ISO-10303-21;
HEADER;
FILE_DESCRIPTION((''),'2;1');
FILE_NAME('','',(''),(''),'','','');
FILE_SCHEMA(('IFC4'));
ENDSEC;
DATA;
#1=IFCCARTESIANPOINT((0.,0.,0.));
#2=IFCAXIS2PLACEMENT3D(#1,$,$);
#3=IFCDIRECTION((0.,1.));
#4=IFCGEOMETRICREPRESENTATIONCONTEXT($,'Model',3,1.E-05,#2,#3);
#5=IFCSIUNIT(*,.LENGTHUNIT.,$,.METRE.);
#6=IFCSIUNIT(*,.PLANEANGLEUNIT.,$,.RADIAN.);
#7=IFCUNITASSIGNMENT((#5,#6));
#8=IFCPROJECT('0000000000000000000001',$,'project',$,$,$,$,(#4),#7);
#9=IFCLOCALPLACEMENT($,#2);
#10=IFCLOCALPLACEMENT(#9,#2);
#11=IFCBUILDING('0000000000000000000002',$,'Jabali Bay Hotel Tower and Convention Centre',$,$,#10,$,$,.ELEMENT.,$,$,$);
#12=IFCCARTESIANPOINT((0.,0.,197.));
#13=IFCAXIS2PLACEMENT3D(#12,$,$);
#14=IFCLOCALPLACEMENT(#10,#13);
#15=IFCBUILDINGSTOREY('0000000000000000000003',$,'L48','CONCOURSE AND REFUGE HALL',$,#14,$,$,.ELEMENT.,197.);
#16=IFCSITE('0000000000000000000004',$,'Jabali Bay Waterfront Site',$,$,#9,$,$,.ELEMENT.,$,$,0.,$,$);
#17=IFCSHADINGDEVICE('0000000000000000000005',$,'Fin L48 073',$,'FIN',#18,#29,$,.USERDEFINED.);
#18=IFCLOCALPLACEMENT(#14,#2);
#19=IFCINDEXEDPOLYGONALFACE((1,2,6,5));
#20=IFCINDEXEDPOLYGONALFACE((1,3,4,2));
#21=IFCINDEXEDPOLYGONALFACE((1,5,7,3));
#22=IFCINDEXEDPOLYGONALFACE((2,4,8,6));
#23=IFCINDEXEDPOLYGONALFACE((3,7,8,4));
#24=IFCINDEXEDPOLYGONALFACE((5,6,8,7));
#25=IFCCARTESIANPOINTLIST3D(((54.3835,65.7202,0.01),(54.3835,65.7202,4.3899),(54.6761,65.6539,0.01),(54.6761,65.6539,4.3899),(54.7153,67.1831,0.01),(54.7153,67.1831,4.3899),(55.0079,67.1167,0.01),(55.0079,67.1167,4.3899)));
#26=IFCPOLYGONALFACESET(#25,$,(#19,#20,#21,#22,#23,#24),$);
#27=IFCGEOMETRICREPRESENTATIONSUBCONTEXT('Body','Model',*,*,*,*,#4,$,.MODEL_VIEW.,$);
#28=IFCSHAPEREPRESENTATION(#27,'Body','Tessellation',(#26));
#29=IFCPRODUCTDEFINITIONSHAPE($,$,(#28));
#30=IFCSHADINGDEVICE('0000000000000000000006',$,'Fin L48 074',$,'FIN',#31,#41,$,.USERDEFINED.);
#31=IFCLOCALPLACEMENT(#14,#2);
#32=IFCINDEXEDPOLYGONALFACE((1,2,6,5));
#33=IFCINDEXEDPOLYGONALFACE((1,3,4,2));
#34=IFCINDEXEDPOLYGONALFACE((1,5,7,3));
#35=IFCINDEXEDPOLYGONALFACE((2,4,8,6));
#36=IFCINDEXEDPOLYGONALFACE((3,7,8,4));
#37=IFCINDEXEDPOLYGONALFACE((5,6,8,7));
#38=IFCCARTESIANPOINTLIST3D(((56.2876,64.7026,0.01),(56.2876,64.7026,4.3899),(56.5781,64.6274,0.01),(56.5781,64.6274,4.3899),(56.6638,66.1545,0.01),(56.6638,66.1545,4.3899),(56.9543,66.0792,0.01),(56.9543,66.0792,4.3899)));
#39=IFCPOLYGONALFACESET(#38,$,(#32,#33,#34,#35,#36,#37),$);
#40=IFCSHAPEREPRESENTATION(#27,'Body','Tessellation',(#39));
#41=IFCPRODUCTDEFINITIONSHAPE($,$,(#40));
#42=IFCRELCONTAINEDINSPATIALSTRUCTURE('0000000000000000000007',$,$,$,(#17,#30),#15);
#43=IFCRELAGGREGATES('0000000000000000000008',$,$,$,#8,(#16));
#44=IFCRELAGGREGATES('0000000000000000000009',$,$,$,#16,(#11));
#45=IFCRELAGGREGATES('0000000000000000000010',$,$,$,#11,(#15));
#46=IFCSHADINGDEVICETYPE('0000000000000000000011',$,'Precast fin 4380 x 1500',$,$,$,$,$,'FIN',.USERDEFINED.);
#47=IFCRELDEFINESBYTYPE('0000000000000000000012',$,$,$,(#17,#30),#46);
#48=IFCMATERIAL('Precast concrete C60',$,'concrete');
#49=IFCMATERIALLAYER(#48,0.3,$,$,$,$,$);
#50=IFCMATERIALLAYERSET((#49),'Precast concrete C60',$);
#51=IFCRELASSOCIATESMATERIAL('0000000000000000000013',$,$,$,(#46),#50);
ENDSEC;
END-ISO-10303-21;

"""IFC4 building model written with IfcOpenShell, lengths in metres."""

from ifc_helpers import new_model, si_unit, direction, frame, frame_2d, origin, place, context, subcontext, project, spatial, rectangle, extrude, material, layer, layer_set, type_object, element, save


model = new_model("IFC4")

# Units and contexts
model_context = context("Model", 3, precision=1e-05, world=origin(), true_north=direction((0.0, 1.0)))
body_context = subcontext(model_context, "Body", "Model", "MODEL_VIEW")
ifc_project = project(units=[si_unit("LENGTHUNIT", "METRE"), si_unit("PLANEANGLEUNIT", "RADIAN")], contexts=[model_context])

# Site, building, storey
site_placement = place(None, origin())
site = spatial("IfcSite", under=ifc_project, at=site_placement, Name="Jabali Bay Waterfront Site", CompositionType="ELEMENT", RefElevation=0.0)
building_placement = place(site_placement, origin())
building = spatial("IfcBuilding", under=site, at=building_placement, Name="Jabali Bay Hotel Tower and Convention Centre", CompositionType="ELEMENT")
storey_placement = place(building_placement, frame((0.0, 0.0, 197.0)))
storey = spatial("IfcBuildingStorey", under=building, at=storey_placement, Name="L48", Description="CONCOURSE AND REFUGE HALL", CompositionType="ELEMENT", Elevation=197.0)

# Shading devices
ifc_material_1 = material(Name="Precast concrete C60", Category="concrete")
ifc_layer_1 = layer(ifc_material_1, 0.3)
ifc_layer_set_1 = layer_set([ifc_layer_1], Name="Precast concrete C60")
shading_device_type = type_object("IfcShadingDeviceType", Name="Precast fin 4380 x 1500", ElementType="FIN", PredefinedType="USERDEFINED", material=ifc_layer_set_1)
shading_device_1_placement = place(storey_placement, frame((54.8616, 67.1499, 0.01), z_axis=(0.0, 0.0, 1.0), x_axis=(-0.221185, -0.975232, 0.0)))
element("IfcShadingDevice", 1, at=shading_device_1_placement, inside=storey, type_object=shading_device_type, Name="Fin L48 073", ObjectType="FIN", PredefinedType="USERDEFINED", context=body_context, shape_type="SweptSolid", body=[
    extrude(rectangle(XDim=1.5, YDim=0.3, at=frame_2d((0.75, 0.0))), origin(), (0.0, 0.0, 1.0), 4.3799),
])
shading_device_2_placement = place(storey_placement, frame((56.8091, 66.1169, 0.01), z_axis=(0.0, 0.0, 1.0), x_axis=(-0.250838, -0.968029, 0.0)))
element("IfcShadingDevice", 2, at=shading_device_2_placement, inside=storey, type_object=shading_device_type, Name="Fin L48 074", ObjectType="FIN", PredefinedType="USERDEFINED", context=body_context, shape_type="SweptSolid", body=[
    extrude(rectangle(XDim=1.4998, YDim=0.3, at=frame_2d((0.75, 0.0))), origin(), (0.0, 0.0, 1.0), 4.3799),
])

save(model, "model.ifc")
